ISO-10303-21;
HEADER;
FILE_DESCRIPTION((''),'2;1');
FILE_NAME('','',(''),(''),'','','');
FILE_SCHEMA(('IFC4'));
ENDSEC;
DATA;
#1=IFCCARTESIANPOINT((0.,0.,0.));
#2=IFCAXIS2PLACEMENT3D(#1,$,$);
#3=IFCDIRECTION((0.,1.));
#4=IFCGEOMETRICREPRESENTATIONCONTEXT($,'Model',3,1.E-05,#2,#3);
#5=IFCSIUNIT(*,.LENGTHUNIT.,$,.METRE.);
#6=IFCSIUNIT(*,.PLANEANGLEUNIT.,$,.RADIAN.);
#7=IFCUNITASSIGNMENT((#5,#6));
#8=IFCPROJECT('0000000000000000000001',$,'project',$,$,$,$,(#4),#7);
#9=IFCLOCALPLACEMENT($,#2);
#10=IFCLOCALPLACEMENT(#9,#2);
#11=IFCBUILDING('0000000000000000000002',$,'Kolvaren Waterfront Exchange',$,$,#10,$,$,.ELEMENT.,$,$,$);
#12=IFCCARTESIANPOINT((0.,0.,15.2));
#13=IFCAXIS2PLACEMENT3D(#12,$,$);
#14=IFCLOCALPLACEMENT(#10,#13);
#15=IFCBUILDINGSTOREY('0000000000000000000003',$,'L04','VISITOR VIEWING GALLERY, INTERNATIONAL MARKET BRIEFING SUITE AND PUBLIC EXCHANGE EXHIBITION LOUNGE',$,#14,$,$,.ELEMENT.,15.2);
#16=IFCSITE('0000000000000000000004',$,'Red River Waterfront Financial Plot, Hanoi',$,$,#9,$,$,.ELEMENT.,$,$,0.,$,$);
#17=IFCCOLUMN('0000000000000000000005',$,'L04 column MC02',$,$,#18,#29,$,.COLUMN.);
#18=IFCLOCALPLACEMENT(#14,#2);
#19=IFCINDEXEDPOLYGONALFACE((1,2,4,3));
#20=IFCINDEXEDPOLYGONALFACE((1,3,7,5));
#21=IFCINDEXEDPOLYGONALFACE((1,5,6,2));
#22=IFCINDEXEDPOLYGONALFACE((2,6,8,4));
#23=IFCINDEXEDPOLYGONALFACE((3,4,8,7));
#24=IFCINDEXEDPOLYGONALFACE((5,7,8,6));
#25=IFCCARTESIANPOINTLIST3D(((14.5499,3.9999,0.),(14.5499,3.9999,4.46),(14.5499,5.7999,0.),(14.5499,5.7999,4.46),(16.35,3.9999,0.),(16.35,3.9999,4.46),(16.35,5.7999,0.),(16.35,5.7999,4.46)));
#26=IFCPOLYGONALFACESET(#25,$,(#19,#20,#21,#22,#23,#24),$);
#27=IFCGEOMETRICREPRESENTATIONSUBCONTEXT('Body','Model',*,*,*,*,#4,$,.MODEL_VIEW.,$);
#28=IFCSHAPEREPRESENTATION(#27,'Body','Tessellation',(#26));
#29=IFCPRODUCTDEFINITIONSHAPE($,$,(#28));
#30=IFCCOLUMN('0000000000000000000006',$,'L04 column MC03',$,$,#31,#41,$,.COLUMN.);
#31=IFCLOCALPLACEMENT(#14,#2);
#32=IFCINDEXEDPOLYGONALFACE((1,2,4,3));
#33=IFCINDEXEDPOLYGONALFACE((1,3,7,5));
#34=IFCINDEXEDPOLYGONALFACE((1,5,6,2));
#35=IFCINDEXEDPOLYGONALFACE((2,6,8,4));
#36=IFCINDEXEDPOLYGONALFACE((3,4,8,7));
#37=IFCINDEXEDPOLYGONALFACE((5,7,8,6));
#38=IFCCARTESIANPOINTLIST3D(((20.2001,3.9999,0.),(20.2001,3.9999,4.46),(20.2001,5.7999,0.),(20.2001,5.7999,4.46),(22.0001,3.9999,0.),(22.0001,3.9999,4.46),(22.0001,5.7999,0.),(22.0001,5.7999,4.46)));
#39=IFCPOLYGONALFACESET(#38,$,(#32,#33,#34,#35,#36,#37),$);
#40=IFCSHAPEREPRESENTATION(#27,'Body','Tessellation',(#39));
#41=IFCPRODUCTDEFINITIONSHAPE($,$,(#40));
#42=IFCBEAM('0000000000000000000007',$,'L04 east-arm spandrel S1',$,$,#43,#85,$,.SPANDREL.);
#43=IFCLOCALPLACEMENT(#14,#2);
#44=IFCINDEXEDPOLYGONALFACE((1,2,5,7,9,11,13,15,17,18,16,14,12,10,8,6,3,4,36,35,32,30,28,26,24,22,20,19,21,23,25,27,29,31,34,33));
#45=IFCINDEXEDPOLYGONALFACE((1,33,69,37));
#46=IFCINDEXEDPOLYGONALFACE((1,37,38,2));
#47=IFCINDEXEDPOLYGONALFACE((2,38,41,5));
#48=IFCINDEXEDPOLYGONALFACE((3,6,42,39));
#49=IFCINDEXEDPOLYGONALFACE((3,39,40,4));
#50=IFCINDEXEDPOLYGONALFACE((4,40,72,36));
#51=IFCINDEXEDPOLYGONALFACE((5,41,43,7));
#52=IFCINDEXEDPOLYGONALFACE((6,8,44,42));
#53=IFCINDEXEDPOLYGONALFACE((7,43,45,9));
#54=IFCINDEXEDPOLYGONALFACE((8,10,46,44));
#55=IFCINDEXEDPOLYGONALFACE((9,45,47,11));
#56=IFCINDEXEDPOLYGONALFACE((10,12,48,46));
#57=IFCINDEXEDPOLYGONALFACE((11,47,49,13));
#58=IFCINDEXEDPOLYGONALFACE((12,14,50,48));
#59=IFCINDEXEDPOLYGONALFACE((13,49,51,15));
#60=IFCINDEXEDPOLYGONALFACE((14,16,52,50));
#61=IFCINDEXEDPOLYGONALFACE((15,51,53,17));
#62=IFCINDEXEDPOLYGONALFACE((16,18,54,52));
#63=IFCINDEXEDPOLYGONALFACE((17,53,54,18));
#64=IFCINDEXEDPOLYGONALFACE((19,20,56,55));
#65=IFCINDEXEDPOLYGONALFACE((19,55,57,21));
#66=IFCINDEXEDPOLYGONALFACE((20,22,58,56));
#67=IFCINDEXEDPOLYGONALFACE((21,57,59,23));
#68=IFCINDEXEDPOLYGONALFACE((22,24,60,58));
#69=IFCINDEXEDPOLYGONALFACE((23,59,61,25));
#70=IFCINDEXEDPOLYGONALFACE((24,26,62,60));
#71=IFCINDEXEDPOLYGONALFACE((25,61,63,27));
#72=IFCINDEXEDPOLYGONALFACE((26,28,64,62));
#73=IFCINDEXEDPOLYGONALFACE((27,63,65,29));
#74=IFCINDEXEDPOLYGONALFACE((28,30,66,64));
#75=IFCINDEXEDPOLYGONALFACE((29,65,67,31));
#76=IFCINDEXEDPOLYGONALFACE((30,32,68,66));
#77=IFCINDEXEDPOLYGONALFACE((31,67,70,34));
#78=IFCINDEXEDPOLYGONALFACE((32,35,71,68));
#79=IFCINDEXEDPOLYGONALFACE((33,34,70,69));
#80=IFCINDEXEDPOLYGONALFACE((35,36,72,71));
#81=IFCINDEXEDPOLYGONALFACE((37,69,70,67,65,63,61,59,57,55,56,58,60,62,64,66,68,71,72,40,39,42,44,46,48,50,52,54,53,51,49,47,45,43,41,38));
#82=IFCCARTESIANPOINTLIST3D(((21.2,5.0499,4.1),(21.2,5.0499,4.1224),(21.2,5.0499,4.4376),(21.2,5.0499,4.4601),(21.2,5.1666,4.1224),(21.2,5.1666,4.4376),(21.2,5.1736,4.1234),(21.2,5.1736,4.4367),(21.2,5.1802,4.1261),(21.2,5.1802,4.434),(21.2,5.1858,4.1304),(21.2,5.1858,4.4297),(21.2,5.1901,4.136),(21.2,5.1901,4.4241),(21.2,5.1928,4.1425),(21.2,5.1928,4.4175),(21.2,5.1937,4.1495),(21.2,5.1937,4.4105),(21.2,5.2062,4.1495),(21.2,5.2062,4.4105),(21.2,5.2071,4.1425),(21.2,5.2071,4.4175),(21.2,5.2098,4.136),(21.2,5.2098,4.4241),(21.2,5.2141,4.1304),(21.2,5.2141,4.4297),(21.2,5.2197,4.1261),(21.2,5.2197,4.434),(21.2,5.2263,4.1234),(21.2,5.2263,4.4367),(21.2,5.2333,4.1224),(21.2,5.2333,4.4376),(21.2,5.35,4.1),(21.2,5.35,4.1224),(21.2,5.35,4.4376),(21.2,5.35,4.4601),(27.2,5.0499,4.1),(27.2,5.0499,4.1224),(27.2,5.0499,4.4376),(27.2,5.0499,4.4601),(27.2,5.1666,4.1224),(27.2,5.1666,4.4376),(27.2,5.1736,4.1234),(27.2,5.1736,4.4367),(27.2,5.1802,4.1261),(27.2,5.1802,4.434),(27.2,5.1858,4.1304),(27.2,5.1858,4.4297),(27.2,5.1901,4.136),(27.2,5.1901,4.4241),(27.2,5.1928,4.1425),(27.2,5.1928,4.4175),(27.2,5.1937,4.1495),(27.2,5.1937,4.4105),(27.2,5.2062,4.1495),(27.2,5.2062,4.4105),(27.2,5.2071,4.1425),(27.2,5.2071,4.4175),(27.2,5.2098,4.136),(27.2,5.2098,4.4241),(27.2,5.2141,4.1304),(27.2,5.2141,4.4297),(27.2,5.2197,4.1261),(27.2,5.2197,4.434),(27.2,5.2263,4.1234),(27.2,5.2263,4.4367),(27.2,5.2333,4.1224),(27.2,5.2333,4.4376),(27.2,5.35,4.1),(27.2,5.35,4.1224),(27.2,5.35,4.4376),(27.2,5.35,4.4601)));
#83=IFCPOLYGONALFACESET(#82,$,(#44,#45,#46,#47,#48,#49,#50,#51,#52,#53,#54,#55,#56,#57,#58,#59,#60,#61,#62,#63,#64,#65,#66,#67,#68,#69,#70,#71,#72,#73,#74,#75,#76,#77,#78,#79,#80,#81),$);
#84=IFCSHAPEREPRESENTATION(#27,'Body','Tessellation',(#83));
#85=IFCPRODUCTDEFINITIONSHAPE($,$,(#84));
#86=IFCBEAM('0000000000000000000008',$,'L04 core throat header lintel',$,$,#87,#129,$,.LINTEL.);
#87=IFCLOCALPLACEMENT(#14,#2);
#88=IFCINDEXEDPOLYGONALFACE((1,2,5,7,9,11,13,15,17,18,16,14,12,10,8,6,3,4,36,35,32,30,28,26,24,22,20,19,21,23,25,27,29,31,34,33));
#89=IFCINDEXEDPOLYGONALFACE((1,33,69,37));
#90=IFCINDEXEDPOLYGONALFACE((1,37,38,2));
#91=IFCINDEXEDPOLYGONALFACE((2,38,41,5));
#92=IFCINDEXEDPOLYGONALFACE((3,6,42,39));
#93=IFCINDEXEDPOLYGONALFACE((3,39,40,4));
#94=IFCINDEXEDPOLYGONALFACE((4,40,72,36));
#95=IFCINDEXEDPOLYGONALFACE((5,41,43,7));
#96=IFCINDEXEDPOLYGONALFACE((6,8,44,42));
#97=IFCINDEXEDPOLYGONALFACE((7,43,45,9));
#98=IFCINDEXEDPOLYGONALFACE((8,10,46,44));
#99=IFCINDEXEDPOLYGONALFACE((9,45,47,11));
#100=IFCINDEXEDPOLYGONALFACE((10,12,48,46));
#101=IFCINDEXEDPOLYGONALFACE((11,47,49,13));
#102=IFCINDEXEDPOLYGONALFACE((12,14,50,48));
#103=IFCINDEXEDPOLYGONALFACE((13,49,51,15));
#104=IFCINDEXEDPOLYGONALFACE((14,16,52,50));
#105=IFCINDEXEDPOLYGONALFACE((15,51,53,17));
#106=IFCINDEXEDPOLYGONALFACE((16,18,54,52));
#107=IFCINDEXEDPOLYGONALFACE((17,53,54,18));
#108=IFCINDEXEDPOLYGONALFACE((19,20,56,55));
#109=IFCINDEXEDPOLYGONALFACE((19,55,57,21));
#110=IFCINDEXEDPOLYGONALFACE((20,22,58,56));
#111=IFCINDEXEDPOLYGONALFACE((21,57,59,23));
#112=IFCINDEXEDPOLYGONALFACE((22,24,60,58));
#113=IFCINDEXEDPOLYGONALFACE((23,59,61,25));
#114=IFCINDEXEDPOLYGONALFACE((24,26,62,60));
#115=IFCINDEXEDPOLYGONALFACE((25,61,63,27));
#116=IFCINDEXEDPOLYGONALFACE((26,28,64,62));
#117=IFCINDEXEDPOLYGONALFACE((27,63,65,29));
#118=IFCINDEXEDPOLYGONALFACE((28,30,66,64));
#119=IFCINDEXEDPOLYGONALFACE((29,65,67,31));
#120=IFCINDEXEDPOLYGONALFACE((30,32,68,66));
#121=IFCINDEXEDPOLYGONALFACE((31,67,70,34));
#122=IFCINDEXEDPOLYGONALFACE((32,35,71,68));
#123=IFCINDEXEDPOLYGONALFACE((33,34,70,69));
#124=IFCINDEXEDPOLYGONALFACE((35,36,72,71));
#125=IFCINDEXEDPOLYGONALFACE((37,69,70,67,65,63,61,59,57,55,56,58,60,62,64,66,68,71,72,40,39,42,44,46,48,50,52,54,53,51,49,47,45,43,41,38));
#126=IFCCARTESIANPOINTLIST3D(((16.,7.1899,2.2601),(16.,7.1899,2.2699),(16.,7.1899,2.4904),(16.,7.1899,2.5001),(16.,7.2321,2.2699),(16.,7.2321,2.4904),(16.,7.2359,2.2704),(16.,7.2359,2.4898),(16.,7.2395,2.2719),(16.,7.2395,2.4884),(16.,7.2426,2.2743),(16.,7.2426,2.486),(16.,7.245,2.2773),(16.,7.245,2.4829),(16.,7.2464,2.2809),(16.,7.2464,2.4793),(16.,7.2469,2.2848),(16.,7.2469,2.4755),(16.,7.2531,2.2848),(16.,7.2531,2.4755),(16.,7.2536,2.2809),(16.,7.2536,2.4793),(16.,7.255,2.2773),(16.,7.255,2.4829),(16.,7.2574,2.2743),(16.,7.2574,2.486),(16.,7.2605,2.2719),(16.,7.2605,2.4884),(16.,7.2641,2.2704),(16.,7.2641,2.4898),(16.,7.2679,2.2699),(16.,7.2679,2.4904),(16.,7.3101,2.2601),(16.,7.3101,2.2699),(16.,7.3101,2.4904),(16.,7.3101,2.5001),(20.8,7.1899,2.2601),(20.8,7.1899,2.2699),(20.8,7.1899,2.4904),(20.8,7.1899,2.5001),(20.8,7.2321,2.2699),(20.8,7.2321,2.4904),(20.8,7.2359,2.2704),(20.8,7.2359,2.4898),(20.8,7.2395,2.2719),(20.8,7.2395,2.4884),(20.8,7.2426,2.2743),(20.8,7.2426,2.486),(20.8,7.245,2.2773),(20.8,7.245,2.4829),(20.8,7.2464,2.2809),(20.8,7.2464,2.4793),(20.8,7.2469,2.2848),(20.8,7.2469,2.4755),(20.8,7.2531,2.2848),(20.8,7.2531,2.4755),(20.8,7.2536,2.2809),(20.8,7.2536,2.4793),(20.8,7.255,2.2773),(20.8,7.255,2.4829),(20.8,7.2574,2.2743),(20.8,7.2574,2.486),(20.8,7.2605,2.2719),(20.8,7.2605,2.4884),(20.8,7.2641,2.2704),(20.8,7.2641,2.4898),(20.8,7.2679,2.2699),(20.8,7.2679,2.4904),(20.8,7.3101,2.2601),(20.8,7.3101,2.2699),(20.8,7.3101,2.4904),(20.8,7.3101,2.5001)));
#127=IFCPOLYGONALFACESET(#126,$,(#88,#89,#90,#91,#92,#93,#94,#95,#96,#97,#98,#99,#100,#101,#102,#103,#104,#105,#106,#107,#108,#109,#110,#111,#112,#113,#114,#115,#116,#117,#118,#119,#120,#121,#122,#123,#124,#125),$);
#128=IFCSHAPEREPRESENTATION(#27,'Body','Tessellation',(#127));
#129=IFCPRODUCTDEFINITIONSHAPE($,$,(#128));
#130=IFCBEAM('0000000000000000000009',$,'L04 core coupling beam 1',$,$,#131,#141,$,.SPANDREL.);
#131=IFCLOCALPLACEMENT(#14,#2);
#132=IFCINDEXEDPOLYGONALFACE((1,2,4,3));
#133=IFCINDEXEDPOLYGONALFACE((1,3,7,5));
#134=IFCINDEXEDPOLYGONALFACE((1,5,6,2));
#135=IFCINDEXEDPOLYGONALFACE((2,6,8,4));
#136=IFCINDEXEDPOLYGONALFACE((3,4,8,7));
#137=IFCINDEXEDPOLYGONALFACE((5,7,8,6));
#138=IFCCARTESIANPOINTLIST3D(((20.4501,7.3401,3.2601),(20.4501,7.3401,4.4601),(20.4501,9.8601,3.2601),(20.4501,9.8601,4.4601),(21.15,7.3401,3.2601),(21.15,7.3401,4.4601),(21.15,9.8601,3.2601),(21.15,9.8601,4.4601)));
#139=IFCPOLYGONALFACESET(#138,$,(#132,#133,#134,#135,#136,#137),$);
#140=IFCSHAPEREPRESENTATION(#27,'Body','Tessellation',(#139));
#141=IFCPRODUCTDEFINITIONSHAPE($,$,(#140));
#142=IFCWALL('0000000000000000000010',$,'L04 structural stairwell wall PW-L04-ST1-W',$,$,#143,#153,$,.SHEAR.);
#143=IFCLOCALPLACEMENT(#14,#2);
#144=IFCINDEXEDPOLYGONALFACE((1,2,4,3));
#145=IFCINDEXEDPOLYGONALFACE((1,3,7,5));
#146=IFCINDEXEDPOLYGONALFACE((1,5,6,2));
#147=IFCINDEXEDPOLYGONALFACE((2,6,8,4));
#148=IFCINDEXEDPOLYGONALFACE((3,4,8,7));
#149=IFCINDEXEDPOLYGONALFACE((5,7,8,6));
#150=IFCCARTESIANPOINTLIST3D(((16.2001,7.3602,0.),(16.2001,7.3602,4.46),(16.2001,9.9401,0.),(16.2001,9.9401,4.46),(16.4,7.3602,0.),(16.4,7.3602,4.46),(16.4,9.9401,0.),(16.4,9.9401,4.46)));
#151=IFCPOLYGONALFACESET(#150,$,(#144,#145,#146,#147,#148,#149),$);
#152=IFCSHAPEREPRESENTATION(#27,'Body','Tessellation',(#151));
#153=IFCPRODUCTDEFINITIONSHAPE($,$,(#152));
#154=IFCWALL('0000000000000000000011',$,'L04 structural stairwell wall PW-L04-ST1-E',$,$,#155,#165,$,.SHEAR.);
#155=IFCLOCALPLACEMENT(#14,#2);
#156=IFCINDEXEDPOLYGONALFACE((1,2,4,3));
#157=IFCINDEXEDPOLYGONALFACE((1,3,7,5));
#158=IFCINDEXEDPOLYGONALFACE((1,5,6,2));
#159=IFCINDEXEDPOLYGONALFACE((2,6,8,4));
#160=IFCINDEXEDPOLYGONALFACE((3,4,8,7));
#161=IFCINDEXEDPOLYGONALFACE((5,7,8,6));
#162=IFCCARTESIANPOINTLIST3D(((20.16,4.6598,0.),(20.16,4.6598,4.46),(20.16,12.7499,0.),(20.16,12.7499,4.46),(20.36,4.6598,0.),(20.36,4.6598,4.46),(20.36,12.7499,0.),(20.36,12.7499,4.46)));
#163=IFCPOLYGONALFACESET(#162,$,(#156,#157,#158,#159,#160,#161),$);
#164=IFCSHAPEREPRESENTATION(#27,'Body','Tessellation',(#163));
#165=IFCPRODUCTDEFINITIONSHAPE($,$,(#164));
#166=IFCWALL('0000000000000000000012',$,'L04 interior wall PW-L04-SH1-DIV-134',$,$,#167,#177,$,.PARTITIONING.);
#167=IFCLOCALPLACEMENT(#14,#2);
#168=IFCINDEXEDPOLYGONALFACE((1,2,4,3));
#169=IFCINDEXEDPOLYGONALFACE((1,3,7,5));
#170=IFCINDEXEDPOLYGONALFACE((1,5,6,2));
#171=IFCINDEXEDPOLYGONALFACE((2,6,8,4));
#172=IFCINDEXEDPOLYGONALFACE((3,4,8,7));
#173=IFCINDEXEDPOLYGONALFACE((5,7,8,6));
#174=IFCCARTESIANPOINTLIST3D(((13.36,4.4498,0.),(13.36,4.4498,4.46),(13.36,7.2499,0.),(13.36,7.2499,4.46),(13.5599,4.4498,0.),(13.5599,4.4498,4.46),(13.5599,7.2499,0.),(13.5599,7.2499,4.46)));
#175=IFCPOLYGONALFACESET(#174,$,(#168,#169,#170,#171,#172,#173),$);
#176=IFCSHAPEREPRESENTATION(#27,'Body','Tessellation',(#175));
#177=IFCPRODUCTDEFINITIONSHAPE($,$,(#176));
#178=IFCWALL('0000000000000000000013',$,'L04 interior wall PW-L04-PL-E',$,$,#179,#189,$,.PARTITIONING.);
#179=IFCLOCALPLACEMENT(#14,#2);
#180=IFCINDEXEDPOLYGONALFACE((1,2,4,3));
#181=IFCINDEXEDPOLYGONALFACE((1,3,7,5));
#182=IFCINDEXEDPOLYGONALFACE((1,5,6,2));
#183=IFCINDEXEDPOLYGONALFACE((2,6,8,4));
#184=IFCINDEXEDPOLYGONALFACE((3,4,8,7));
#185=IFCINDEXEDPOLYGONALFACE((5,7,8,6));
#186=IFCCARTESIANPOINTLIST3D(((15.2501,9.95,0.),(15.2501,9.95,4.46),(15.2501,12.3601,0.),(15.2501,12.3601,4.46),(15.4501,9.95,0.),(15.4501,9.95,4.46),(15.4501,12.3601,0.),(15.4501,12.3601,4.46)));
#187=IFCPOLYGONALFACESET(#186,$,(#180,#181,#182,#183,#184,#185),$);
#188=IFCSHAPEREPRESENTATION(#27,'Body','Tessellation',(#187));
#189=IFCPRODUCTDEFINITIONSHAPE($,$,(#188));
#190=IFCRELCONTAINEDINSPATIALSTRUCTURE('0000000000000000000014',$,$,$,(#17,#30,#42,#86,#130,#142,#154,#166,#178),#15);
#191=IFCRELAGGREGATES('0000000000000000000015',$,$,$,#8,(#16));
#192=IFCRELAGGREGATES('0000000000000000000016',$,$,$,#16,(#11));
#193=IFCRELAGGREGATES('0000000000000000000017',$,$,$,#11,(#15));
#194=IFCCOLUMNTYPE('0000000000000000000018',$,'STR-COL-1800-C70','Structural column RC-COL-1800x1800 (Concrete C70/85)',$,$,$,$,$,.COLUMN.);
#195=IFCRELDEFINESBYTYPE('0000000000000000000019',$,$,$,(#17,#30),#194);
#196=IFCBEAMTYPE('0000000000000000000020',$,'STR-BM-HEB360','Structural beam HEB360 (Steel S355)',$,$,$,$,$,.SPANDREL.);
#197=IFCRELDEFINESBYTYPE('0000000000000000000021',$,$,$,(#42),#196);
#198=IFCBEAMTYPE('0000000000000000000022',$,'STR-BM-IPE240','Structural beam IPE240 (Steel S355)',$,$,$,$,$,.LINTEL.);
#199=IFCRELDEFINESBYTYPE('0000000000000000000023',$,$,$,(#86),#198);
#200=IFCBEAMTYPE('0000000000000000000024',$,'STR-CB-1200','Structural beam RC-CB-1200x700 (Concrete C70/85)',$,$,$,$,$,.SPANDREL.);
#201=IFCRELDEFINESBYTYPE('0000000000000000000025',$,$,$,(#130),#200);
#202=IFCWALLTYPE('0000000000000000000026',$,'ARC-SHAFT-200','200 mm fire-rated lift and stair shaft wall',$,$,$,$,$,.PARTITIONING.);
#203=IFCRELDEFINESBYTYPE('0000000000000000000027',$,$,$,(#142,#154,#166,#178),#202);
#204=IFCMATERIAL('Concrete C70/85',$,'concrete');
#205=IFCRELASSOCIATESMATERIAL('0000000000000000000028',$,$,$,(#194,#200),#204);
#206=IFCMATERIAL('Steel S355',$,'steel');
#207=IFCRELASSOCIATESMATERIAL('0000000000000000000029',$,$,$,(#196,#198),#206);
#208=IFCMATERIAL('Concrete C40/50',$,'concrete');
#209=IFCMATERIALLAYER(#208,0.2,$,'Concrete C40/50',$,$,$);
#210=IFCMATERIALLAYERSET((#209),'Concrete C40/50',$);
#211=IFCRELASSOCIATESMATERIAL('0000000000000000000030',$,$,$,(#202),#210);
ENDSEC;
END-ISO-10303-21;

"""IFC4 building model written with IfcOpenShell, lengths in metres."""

from ifc_helpers import new_model, si_unit, direction, frame, frame_2d, origin, origin_2d, place, context, subcontext, project, spatial, rectangle, i_section, extrude, material, layer, layer_set, material_profile, profile_set, type_object, element, save


model = new_model("IFC4")

# Units and contexts
model_context = context("Model", 3, precision=1e-05, world=origin(), true_north=direction((0.0, 1.0)))
body_context = subcontext(model_context, "Body", "Model", "MODEL_VIEW")
ifc_project = project(units=[si_unit("LENGTHUNIT", "METRE"), si_unit("PLANEANGLEUNIT", "RADIAN")], contexts=[model_context])

# Site, building, storey
site_placement = place(None, origin())
site = spatial("IfcSite", under=ifc_project, at=site_placement, Name="Red River Waterfront Financial Plot, Hanoi", CompositionType="ELEMENT", RefElevation=0.0)
building_placement = place(site_placement, origin())
building = spatial("IfcBuilding", under=site, at=building_placement, Name="Kolvaren Waterfront Exchange", CompositionType="ELEMENT")
storey_placement = place(building_placement, frame((0.0, 0.0, 15.2)))
storey = spatial("IfcBuildingStorey", under=building, at=storey_placement, Name="L04", Description="VISITOR VIEWING GALLERY, INTERNATIONAL MARKET BRIEFING SUITE AND PUBLIC EXCHANGE EXHIBITION LOUNGE", CompositionType="ELEMENT", Elevation=15.2)

# Columns
ifc_material_1 = material(Name="Concrete C70/85", Category="concrete")
ifc_material_profile_1 = material_profile(ifc_material_1, rectangle(XDim=1.8, YDim=1.8, at=origin_2d()), Name="RC-COL-1800x1800")
ifc_profile_set_1 = profile_set([ifc_material_profile_1], Name="Concrete C70/85")
column_type = type_object("IfcColumnType", Name="STR-COL-1800-C70", Description="Structural column RC-COL-1800x1800 (Concrete C70/85)", PredefinedType="COLUMN", material=ifc_profile_set_1)
for number, where, z_axis, x_axis, name in (
    (1, (15.45, 4.8999, 0.0), (0.0, 0.0, 1.0), (1.0, 0.0, 0.0), "L04 column MC02"),
    (2, (21.1001, 4.8999, 0.0), (0.0, 0.0, 1.0), (1.0, 0.0, 0.0), "L04 column MC03"),
):
    element("IfcColumn", number, at=place(storey_placement, frame(where, z_axis=z_axis, x_axis=x_axis)), inside=storey, type_object=column_type, Name=name, PredefinedType="COLUMN", context=body_context, shape_type="SweptSolid", body=[
        extrude(rectangle(XDim=1.8, YDim=1.8, at=origin_2d()), origin(), (0.0, 0.0, 1.0), 4.46),
    ])

# Beams
ifc_material_2 = material(Name="Steel S355", Category="steel")
ifc_material_profile_2 = material_profile(ifc_material_2, i_section(OverallWidth=0.3, OverallDepth=0.3601, WebThickness=0.0125, FlangeThickness=0.0225, FilletRadius=0.0271, at=origin_2d()), Name="HEB360")
ifc_profile_set_2 = profile_set([ifc_material_profile_2], Name="Steel S355")
beam_type_1 = type_object("IfcBeamType", Name="STR-BM-HEB360", Description="Structural beam HEB360 (Steel S355)", PredefinedType="SPANDREL", material=ifc_profile_set_2)
beam_1_placement = place(storey_placement, frame((21.2, 5.2, 4.28), z_axis=(1.0, 0.0, 0.0), x_axis=(0.0, 1.0, 0.0)))
element("IfcBeam", 3, at=beam_1_placement, inside=storey, type_object=beam_type_1, Name="L04 east-arm spandrel S1", PredefinedType="SPANDREL", context=body_context, shape_type="SweptSolid", body=[
    extrude(i_section(OverallWidth=0.3, OverallDepth=0.3601, WebThickness=0.0125, FlangeThickness=0.0225, FilletRadius=0.0271, at=origin_2d()), origin(), (0.0, 0.0, 1.0), 6.0),
])
ifc_material_profile_3 = material_profile(ifc_material_2, i_section(OverallWidth=0.1201, OverallDepth=0.24, WebThickness=0.0061, FlangeThickness=0.0098, FilletRadius=0.0149, at=origin_2d()), Name="IPE240")
ifc_profile_set_3 = profile_set([ifc_material_profile_3], Name="Steel S355")
beam_type_2 = type_object("IfcBeamType", Name="STR-BM-IPE240", Description="Structural beam IPE240 (Steel S355)", PredefinedType="LINTEL", material=ifc_profile_set_3)
beam_2_placement = place(storey_placement, frame((16.0, 7.25, 2.3801), z_axis=(1.0, 0.0, 0.0), x_axis=(0.0, 1.0, 0.0)))
element("IfcBeam", 4, at=beam_2_placement, inside=storey, type_object=beam_type_2, Name="L04 core throat header lintel", PredefinedType="LINTEL", context=body_context, shape_type="SweptSolid", body=[
    extrude(i_section(OverallWidth=0.1201, OverallDepth=0.24, WebThickness=0.0061, FlangeThickness=0.0098, FilletRadius=0.0149, at=origin_2d()), origin(), (0.0, 0.0, 1.0), 4.8),
])
ifc_material_profile_4 = material_profile(ifc_material_1, rectangle(XDim=0.7, YDim=1.2, at=origin_2d()), Name="RC-CB-1200x700")
ifc_profile_set_4 = profile_set([ifc_material_profile_4], Name="Concrete C70/85")
beam_type_3 = type_object("IfcBeamType", Name="STR-CB-1200", Description="Structural beam RC-CB-1200x700 (Concrete C70/85)", PredefinedType="SPANDREL", material=ifc_profile_set_4)
beam_3_placement = place(storey_placement, frame((20.8, 7.3401, 3.8601), z_axis=(0.0, 1.0, 0.0), x_axis=(-1.0, 0.0, 0.0)))
element("IfcBeam", 5, at=beam_3_placement, inside=storey, type_object=beam_type_3, Name="L04 core coupling beam 1", PredefinedType="SPANDREL", context=body_context, shape_type="SweptSolid", body=[
    extrude(rectangle(XDim=0.7, YDim=1.2, at=origin_2d()), origin(), (0.0, 0.0, 1.0), 2.52),
])

# Walls
ifc_material_3 = material(Name="Concrete C40/50", Category="concrete")
ifc_layer_1 = layer(ifc_material_3, 0.2, Name="Concrete C40/50")
ifc_layer_set_1 = layer_set([ifc_layer_1], Name="Concrete C40/50")
wall_type_1 = type_object("IfcWallType", Name="ARC-SHAFT-200", Description="200 mm fire-rated lift and stair shaft wall", PredefinedType="PARTITIONING", material=ifc_layer_set_1)
wall_1_placement = place(storey_placement, frame((16.3, 7.3601, 0.0), z_axis=(0.0, 0.0, 1.0), x_axis=(0.0, 1.0, 0.0)))
element("IfcWall", 6, at=wall_1_placement, inside=storey, type_object=wall_type_1, Name="L04 structural stairwell wall PW-L04-ST1-W", PredefinedType="SHEAR", context=body_context, shape_type="SweptSolid", body=[
    extrude(rectangle(XDim=2.5798, YDim=0.2, at=frame_2d((1.29, 0.0))), origin(), (0.0, 0.0, 1.0), 4.46),
])
wall_2_placement = place(storey_placement, frame((20.26, 4.6599, 0.0), z_axis=(0.0, 0.0, 1.0), x_axis=(0.0, 1.0, 0.0)))
element("IfcWall", 7, at=wall_2_placement, inside=storey, type_object=wall_type_1, Name="L04 structural stairwell wall PW-L04-ST1-E", PredefinedType="SHEAR", context=body_context, shape_type="SweptSolid", body=[
    extrude(rectangle(XDim=8.0901, YDim=0.2, at=frame_2d((4.0449, 0.0))), origin(), (0.0, 0.0, 1.0), 4.46),
])
wall_3_placement = place(storey_placement, frame((13.46, 4.45, 0.0), z_axis=(0.0, 0.0, 1.0), x_axis=(0.0, 1.0, 0.0)))
element("IfcWall", 8, at=wall_3_placement, inside=storey, type_object=wall_type_1, Name="L04 interior wall PW-L04-SH1-DIV-134", PredefinedType="PARTITIONING", context=body_context, shape_type="SweptSolid", body=[
    extrude(rectangle(XDim=2.8, YDim=0.2, at=frame_2d((1.3999, 0.0))), origin(), (0.0, 0.0, 1.0), 4.46),
])
for number, where, z_axis, x_axis, name in (
    (9, (15.3501, 9.95, 0.0), (0.0, 0.0, 1.0), (0.0, 1.0, 0.0), "L04 interior wall PW-L04-PL-E"),
):
    element("IfcWall", number, at=place(storey_placement, frame(where, z_axis=z_axis, x_axis=x_axis)), inside=storey, type_object=wall_type_1, Name=name, PredefinedType="PARTITIONING", context=body_context, shape_type="SweptSolid", body=[
        extrude(rectangle(XDim=2.4102, YDim=0.2, at=frame_2d((1.2051, 0.0))), origin(), (0.0, 0.0, 1.0), 4.46),
    ])

save(model, "model.ifc")
